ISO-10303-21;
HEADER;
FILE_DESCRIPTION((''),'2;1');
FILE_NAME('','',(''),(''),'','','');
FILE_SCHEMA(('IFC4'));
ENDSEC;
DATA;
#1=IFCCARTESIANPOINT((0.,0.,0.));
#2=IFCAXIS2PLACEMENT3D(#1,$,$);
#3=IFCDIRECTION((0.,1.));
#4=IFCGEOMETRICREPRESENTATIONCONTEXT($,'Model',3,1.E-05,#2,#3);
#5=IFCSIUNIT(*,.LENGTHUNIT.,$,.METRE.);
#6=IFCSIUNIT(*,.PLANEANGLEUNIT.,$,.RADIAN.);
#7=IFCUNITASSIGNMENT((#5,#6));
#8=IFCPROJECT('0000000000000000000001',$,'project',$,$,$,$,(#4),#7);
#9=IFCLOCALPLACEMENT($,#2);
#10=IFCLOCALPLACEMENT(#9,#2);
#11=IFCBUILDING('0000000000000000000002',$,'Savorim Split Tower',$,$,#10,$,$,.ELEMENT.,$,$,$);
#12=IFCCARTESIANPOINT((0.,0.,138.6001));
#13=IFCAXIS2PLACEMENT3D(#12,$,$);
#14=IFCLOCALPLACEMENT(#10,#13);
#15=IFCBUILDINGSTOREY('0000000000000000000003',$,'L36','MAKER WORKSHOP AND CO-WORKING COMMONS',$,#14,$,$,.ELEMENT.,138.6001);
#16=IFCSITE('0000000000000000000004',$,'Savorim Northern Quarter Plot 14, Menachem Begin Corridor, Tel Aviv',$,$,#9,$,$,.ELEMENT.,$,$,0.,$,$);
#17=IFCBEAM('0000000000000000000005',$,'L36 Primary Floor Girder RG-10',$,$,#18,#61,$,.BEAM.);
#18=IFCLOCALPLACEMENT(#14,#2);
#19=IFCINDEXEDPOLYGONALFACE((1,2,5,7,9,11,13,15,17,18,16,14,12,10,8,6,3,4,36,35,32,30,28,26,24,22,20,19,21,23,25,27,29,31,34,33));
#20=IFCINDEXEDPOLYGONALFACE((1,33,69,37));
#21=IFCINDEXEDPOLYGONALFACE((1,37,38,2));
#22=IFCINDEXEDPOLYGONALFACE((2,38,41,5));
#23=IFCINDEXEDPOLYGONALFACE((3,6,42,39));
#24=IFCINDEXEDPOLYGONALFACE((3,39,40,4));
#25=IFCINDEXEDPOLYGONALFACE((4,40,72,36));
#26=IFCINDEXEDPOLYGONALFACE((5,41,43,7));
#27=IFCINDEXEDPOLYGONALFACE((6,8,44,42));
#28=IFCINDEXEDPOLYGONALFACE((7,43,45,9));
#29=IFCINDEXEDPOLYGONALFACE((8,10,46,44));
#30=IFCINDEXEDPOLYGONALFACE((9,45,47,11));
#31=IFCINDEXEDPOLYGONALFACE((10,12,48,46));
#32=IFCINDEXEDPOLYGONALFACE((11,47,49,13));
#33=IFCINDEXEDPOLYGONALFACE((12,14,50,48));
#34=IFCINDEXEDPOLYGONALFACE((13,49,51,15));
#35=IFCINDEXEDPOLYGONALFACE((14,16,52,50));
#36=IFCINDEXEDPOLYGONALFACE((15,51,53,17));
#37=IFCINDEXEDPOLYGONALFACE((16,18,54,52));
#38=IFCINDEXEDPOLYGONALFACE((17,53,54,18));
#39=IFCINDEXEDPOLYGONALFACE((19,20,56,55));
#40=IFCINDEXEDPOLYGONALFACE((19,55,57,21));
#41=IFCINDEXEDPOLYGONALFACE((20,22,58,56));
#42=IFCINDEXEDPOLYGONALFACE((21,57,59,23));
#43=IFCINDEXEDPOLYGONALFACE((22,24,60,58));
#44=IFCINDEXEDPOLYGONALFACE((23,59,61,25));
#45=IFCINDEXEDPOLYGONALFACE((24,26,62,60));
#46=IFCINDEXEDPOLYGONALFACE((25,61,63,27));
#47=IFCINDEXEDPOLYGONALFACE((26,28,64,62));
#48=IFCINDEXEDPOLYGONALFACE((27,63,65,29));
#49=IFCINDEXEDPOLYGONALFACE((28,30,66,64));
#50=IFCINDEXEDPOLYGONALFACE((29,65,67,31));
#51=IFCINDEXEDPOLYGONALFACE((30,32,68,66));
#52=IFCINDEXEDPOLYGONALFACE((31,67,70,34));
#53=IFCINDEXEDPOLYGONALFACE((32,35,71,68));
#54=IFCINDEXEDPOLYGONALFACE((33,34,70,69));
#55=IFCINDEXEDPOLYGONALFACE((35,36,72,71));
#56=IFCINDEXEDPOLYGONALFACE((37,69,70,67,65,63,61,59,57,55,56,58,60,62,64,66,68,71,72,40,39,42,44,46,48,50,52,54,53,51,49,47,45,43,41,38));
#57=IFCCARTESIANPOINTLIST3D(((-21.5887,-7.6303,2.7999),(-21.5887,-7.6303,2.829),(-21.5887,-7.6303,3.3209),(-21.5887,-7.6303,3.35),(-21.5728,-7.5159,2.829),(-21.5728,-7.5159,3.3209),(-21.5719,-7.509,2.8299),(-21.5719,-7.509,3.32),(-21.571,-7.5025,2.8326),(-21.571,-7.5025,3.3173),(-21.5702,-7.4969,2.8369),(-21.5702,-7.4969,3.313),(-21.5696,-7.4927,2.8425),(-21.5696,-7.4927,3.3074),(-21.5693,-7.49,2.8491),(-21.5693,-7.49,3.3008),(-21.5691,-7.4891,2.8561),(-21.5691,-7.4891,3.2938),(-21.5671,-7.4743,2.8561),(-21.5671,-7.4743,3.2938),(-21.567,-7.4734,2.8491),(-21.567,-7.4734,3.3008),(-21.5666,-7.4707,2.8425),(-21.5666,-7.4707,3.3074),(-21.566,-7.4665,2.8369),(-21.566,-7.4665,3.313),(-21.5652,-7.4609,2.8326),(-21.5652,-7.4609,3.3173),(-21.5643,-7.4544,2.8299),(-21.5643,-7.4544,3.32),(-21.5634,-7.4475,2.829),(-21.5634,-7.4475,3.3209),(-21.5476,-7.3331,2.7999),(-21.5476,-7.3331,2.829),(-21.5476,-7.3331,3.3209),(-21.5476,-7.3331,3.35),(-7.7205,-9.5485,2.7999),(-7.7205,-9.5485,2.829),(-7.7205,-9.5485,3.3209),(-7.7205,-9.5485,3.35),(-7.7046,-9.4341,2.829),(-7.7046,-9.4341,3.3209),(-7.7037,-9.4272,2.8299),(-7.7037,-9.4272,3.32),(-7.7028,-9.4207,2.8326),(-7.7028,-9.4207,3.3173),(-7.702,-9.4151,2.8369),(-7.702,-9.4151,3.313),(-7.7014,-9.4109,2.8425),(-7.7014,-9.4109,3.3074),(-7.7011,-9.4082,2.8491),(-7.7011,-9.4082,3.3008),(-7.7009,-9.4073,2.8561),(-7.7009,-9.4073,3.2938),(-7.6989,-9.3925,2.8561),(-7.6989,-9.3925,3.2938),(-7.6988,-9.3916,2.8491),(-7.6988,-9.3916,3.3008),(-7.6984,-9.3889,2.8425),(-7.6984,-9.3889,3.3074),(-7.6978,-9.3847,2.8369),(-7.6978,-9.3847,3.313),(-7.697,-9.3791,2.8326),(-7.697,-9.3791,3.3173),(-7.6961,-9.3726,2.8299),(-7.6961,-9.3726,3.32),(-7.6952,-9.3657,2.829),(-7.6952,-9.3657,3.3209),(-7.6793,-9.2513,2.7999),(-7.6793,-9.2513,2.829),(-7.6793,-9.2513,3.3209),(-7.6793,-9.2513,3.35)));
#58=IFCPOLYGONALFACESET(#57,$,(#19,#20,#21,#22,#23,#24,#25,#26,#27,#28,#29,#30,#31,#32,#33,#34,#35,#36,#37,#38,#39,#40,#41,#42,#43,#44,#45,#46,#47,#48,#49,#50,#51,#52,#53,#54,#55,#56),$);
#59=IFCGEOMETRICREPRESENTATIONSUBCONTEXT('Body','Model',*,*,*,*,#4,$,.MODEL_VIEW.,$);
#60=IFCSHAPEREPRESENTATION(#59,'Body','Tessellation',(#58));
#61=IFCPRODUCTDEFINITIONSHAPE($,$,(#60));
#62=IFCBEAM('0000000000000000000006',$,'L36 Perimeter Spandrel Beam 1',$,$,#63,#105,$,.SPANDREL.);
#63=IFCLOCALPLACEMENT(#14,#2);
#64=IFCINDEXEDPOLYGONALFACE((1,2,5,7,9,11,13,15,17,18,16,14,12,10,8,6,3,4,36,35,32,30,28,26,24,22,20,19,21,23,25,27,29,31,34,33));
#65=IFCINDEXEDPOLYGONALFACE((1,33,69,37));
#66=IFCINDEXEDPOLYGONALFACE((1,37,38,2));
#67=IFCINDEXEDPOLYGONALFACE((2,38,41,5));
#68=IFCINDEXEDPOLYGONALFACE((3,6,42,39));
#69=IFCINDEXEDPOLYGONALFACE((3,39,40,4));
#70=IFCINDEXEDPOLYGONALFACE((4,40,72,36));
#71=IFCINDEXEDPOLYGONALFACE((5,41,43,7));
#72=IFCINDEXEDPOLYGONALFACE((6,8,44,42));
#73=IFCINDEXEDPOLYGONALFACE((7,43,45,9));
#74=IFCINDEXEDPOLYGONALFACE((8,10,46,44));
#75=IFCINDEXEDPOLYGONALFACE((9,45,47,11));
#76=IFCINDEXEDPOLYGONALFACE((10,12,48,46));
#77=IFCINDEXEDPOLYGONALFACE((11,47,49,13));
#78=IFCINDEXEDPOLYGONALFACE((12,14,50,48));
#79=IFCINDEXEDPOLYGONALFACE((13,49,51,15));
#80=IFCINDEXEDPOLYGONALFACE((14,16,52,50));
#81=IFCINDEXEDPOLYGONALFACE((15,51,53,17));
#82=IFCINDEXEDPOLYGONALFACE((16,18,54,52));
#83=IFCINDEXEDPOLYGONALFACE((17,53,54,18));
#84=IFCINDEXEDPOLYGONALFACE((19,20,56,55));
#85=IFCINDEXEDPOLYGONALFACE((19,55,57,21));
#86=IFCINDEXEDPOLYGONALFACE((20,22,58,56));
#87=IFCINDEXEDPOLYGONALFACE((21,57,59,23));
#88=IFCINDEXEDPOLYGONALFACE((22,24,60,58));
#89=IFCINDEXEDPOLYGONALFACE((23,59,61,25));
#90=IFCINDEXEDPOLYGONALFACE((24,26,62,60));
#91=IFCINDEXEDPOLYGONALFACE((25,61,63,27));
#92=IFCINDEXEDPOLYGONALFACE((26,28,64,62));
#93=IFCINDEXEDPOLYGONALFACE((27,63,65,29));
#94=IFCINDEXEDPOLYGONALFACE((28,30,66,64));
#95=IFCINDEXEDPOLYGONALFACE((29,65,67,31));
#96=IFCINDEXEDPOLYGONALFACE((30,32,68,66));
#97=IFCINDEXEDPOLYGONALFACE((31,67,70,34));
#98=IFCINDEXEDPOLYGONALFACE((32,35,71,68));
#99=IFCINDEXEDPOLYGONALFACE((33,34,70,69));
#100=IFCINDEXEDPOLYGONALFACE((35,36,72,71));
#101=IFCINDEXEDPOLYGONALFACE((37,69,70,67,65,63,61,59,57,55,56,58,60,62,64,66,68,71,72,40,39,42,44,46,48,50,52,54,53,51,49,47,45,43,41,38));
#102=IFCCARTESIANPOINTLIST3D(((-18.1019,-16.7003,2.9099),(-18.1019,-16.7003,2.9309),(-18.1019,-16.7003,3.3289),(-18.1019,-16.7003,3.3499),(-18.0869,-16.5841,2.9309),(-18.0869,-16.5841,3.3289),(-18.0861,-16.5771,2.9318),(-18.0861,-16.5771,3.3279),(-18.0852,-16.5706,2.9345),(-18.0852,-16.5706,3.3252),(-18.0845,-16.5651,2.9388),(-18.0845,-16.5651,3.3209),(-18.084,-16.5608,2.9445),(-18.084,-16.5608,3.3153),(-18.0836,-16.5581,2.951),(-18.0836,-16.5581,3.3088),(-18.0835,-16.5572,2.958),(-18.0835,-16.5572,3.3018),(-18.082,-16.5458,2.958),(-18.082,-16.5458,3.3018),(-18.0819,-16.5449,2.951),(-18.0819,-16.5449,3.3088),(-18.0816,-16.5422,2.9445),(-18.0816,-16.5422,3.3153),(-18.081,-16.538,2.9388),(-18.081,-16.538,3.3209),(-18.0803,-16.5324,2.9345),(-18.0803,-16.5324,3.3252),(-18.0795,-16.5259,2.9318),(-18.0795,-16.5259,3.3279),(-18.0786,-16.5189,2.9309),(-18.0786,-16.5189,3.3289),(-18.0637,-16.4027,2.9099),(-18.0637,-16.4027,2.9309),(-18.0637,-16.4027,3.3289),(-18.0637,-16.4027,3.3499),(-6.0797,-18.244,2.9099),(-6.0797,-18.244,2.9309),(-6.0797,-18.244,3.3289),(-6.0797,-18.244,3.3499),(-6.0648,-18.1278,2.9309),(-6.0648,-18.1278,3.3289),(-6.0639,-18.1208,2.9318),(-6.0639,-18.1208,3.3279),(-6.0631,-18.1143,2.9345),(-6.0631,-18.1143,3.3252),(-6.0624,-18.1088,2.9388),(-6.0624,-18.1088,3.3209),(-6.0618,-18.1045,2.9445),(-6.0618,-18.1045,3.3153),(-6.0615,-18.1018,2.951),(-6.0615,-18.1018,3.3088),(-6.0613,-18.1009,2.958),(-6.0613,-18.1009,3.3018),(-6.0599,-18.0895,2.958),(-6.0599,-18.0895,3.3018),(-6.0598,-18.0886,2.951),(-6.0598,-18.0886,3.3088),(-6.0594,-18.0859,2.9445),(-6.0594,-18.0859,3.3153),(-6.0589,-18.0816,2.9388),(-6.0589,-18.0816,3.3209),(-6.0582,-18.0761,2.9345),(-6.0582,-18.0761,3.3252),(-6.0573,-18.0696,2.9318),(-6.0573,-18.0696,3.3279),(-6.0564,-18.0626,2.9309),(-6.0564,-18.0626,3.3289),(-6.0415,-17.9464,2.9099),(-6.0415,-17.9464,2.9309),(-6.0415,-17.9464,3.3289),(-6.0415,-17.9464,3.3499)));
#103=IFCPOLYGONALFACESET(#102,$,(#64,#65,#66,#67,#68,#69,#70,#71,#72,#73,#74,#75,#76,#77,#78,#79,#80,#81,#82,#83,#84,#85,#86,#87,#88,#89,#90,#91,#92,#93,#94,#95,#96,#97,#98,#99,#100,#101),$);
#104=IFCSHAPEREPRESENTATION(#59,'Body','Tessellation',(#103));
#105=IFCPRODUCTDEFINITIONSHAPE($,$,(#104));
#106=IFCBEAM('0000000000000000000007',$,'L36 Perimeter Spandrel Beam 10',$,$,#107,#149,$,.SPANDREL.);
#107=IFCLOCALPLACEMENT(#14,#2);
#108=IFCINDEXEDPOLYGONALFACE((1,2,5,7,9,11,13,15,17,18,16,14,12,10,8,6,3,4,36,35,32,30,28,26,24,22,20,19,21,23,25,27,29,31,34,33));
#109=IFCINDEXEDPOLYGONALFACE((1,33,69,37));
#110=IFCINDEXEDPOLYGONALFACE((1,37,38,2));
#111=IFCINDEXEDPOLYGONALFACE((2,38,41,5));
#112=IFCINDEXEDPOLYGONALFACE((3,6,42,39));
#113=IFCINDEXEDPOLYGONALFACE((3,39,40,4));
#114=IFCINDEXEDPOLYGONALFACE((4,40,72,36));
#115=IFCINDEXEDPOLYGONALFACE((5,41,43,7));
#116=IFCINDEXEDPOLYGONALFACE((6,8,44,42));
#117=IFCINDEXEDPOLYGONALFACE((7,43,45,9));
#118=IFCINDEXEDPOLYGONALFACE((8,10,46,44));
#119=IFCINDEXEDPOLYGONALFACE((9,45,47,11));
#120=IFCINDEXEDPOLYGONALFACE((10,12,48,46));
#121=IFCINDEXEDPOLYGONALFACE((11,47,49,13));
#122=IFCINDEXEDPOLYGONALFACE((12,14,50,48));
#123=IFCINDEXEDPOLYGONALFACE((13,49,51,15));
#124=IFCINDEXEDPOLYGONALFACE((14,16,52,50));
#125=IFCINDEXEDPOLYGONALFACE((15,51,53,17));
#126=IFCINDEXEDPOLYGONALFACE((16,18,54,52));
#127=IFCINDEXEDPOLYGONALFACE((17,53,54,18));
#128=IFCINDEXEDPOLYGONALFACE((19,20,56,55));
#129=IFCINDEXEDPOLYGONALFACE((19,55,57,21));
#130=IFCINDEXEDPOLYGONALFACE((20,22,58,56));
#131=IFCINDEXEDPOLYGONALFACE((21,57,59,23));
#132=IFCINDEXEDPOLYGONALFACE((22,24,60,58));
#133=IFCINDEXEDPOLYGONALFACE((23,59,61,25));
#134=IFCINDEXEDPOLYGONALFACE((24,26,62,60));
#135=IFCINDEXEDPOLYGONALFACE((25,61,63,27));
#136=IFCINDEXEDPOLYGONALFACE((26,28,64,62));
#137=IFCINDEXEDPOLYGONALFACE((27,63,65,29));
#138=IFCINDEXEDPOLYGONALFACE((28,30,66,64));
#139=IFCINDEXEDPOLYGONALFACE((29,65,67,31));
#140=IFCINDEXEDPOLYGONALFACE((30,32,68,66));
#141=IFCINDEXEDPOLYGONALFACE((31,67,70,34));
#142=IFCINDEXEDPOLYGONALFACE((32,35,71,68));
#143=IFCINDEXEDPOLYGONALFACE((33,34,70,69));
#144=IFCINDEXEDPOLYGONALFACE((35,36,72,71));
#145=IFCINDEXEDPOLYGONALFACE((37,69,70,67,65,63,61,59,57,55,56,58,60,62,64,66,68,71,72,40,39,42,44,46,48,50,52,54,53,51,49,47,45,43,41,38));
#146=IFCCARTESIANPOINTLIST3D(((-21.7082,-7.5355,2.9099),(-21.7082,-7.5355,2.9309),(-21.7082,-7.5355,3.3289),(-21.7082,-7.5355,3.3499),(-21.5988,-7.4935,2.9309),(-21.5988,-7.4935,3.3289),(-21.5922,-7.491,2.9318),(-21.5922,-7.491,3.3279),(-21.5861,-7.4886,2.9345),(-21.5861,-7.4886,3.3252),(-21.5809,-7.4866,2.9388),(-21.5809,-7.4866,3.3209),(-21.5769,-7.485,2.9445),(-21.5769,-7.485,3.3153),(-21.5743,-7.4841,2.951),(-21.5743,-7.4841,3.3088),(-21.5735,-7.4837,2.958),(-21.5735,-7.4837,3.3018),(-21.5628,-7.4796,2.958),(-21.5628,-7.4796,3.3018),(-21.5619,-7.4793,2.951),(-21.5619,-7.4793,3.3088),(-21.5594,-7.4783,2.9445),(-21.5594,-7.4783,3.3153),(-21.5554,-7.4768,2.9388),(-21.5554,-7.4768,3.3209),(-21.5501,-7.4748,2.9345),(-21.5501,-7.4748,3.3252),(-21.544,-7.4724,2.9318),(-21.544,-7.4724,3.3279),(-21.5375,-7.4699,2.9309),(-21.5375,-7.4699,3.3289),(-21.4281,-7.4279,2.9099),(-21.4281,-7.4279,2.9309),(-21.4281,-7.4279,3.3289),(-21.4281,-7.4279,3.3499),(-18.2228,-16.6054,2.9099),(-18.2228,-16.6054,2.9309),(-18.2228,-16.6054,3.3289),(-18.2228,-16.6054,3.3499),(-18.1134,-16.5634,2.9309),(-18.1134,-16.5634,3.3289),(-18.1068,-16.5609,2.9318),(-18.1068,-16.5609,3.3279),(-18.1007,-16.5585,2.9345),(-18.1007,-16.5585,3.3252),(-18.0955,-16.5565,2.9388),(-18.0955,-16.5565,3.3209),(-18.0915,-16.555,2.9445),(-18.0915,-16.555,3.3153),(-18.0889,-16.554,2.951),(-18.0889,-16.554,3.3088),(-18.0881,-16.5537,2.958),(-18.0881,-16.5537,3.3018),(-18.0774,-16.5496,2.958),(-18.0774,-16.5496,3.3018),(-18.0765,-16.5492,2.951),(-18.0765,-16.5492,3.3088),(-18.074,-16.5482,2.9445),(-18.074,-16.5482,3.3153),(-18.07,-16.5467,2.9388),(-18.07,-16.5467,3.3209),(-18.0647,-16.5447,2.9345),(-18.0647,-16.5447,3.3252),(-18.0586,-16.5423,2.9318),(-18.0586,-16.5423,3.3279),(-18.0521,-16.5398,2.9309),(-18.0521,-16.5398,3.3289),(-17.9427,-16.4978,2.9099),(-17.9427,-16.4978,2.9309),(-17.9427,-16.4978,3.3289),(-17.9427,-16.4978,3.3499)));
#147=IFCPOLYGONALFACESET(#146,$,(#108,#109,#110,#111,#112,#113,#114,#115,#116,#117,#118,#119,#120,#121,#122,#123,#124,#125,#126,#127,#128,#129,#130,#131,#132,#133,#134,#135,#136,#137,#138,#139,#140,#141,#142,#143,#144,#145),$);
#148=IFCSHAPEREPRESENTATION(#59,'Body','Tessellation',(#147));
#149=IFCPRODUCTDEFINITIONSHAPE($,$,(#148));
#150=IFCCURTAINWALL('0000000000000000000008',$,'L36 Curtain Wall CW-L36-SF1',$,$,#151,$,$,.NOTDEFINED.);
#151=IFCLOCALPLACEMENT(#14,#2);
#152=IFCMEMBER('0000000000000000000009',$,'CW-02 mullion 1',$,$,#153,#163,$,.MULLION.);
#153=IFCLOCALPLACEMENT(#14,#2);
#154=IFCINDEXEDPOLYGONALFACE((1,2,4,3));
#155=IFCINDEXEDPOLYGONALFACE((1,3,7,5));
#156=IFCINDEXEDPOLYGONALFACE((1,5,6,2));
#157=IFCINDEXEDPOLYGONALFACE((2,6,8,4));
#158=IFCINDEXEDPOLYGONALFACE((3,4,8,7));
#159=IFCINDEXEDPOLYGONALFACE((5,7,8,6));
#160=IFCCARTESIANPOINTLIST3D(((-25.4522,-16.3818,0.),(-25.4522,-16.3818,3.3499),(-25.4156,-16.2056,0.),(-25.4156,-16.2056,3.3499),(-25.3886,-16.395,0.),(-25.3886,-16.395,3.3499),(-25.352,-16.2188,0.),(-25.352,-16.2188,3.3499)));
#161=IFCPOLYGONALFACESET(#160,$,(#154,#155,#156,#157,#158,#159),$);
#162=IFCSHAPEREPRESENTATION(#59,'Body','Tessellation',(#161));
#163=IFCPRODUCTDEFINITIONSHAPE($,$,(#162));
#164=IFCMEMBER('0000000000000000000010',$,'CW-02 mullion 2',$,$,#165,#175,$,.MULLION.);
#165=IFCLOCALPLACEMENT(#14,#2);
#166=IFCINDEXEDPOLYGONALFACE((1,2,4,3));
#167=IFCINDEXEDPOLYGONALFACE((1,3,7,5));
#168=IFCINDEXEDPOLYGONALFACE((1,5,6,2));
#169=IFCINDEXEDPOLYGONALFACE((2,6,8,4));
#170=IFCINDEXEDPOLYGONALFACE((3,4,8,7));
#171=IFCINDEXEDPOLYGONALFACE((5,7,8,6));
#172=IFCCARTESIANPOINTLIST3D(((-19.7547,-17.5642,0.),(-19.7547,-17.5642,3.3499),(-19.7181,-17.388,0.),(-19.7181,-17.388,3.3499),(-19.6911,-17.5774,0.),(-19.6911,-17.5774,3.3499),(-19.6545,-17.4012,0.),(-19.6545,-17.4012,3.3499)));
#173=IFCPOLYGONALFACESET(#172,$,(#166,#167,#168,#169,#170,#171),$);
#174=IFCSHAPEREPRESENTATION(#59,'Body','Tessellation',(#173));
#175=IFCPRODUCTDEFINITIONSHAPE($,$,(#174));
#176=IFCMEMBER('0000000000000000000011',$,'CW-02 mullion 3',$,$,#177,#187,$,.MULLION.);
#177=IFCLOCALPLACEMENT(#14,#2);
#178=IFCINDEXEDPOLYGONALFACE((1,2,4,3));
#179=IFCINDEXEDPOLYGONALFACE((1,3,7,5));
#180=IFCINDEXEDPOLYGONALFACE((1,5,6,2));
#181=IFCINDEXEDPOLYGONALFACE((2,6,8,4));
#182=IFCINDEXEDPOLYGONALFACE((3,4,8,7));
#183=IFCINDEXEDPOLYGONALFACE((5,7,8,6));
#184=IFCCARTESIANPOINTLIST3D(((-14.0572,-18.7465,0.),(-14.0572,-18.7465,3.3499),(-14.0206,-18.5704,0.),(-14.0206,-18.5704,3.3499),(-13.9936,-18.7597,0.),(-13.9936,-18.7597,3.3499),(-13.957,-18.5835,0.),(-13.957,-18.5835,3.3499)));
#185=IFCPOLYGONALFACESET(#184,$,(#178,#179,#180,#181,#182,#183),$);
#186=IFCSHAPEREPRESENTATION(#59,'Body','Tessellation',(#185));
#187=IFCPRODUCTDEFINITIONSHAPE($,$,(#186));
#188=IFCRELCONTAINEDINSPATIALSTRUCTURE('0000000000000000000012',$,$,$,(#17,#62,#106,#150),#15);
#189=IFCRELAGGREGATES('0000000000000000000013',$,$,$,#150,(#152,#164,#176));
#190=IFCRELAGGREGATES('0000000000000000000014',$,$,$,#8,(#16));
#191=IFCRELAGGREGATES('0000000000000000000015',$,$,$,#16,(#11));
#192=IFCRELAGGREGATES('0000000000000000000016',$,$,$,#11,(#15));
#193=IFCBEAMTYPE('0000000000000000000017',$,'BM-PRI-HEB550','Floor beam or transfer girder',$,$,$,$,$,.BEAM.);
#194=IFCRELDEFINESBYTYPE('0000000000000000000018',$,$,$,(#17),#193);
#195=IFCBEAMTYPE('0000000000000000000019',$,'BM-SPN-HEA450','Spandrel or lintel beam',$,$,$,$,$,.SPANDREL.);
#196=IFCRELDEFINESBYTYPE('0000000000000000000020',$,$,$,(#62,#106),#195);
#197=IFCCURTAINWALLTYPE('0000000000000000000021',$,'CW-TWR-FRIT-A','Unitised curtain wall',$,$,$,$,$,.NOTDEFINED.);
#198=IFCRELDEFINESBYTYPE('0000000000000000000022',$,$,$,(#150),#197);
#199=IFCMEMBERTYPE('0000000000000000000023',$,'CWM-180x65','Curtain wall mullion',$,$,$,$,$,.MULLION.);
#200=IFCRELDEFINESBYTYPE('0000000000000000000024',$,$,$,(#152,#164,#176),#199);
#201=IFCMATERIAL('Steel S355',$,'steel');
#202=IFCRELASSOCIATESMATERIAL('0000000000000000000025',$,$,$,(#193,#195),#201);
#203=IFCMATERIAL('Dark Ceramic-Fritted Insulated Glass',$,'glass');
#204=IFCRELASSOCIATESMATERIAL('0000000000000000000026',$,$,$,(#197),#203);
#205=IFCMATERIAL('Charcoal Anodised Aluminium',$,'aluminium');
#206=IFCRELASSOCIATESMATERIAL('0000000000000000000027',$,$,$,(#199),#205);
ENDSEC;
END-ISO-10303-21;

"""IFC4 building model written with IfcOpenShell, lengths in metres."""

from ifc_helpers import new_model, si_unit, direction, frame, origin, origin_2d, place, context, subcontext, project, spatial, rectangle, i_section, extrude, material, material_profile, profile_set, type_object, element, aggregate, save


model = new_model("IFC4")

# Units and contexts
model_context = context("Model", 3, precision=1e-05, world=origin(), true_north=direction((0.0, 1.0)))
body_context = subcontext(model_context, "Body", "Model", "MODEL_VIEW")
ifc_project = project(units=[si_unit("LENGTHUNIT", "METRE"), si_unit("PLANEANGLEUNIT", "RADIAN")], contexts=[model_context])

# Site, building, storey
site_placement = place(None, origin())
site = spatial("IfcSite", under=ifc_project, at=site_placement, Name="Savorim Northern Quarter Plot 14, Menachem Begin Corridor, Tel Aviv", CompositionType="ELEMENT", RefElevation=0.0)
building_placement = place(site_placement, origin())
building = spatial("IfcBuilding", under=site, at=building_placement, Name="Savorim Split Tower", CompositionType="ELEMENT")
storey_placement = place(building_placement, frame((0.0, 0.0, 138.6001)))
storey = spatial("IfcBuildingStorey", under=building, at=storey_placement, Name="L36", Description="MAKER WORKSHOP AND CO-WORKING COMMONS", CompositionType="ELEMENT", Elevation=138.6001)

# Beams
ifc_material_1 = material(Name="Steel S355", Category="steel")
ifc_material_profile_1 = material_profile(ifc_material_1, i_section(OverallWidth=0.3, OverallDepth=0.55, WebThickness=0.0149, FlangeThickness=0.0291, FilletRadius=0.0271, at=origin_2d()), Name="HEB 550")
ifc_profile_set_1 = profile_set([ifc_material_profile_1], Name="Steel S355")
beam_type_1 = type_object("IfcBeamType", Name="BM-PRI-HEB550", Description="Floor beam or transfer girder", PredefinedType="BEAM", material=ifc_profile_set_1)
beam_1_placement = place(storey_placement, frame((-21.5681, -7.4817, 3.075), z_axis=(0.990569, -0.137013, 0.0), x_axis=(0.137013, 0.990569, 0.0)))
element("IfcBeam", 1, at=beam_1_placement, inside=storey, type_object=beam_type_1, Name="L36 Primary Floor Girder RG-10", PredefinedType="BEAM", context=body_context, shape_type="SweptSolid", body=[
    extrude(i_section(OverallWidth=0.3, OverallDepth=0.55, WebThickness=0.0149, FlangeThickness=0.0291, FilletRadius=0.0271, at=origin_2d()), origin(), (0.0, 0.0, 1.0), 14.0002),
])
ifc_material_profile_2 = material_profile(ifc_material_1, i_section(OverallWidth=0.3, OverallDepth=0.4399, WebThickness=0.0115, FlangeThickness=0.021, FilletRadius=0.0271, at=origin_2d()), Name="HEA 450")
ifc_profile_set_2 = profile_set([ifc_material_profile_2], Name="Steel S355")
beam_type_2 = type_object("IfcBeamType", Name="BM-SPN-HEA450", Description="Spandrel or lintel beam", PredefinedType="SPANDREL", material=ifc_profile_set_2)
beam_2_placement = place(storey_placement, frame((-18.0828, -16.5515, 3.1299), z_axis=(0.991857, -0.127358, 0.0), x_axis=(0.127358, 0.991857, 0.0)))
element("IfcBeam", 2, at=beam_2_placement, inside=storey, type_object=beam_type_2, Name="L36 Perimeter Spandrel Beam 1", PredefinedType="SPANDREL", context=body_context, shape_type="SweptSolid", body=[
    extrude(i_section(OverallWidth=0.3, OverallDepth=0.4399, WebThickness=0.0115, FlangeThickness=0.021, FilletRadius=0.0271, at=origin_2d()), origin(), (0.0, 0.0, 1.0), 12.1208),
])
beam_3_placement = place(storey_placement, frame((-21.5681, -7.4817, 3.1299), z_axis=(0.358706, -0.93345, 0.0), x_axis=(0.93345, 0.358706, 0.0)))
element("IfcBeam", 3, at=beam_3_placement, inside=storey, type_object=beam_type_2, Name="L36 Perimeter Spandrel Beam 10", PredefinedType="SPANDREL", context=body_context, shape_type="SweptSolid", body=[
    extrude(i_section(OverallWidth=0.3, OverallDepth=0.4399, WebThickness=0.0115, FlangeThickness=0.021, FilletRadius=0.0271, at=origin_2d()), origin(), (0.0, 0.0, 1.0), 9.7166),
])

# Curtain wall, members
ifc_material_2 = material(Name="Dark Ceramic-Fritted Insulated Glass", Category="glass")
curtain_wall_type = type_object("IfcCurtainWallType", Name="CW-TWR-FRIT-A", Description="Unitised curtain wall", PredefinedType="NOTDEFINED", material=ifc_material_2)
curtain_wall_1_placement = place(storey_placement, origin())
curtain_wall_1 = element("IfcCurtainWall", 4, at=curtain_wall_1_placement, inside=storey, type_object=curtain_wall_type, Name="L36 Curtain Wall CW-L36-SF1", PredefinedType="NOTDEFINED")
ifc_material_3 = material(Name="Charcoal Anodised Aluminium", Category="aluminium")
ifc_material_profile_3 = material_profile(ifc_material_3, rectangle(XDim=0.1799, YDim=0.0649, at=origin_2d()), Name="ALU-M 180x65")
ifc_profile_set_3 = profile_set([ifc_material_profile_3], Name="Charcoal Anodised Aluminium")
member_type_1 = type_object("IfcMemberType", Name="CWM-180x65", Description="Curtain wall mullion", PredefinedType="MULLION", material=ifc_profile_set_3)
member_1_placement = place(storey_placement, frame((-25.4021, -16.3003, 0.0), z_axis=(0.0, 0.0, 1.0), x_axis=(0.20321, 0.979135, 0.0)))
member_1 = element("IfcMember", 5, at=member_1_placement, type_object=member_type_1, Name="CW-02 mullion 1", PredefinedType="MULLION", context=body_context, shape_type="SweptSolid", body=[
    extrude(rectangle(XDim=0.1799, YDim=0.0649, at=origin_2d()), origin(), (0.0, 0.0, 1.0), 3.3499),
])
member_2_placement = place(storey_placement, frame((-19.7046, -17.4827, 0.0), z_axis=(0.0, 0.0, 1.0), x_axis=(0.20321, 0.979135, 0.0)))
member_2 = element("IfcMember", 6, at=member_2_placement, type_object=member_type_1, Name="CW-02 mullion 2", PredefinedType="MULLION", context=body_context, shape_type="SweptSolid", body=[
    extrude(rectangle(XDim=0.1799, YDim=0.0649, at=origin_2d()), origin(), (0.0, 0.0, 1.0), 3.3499),
])
member_3_placement = place(storey_placement, frame((-14.0071, -18.665, 0.0), z_axis=(0.0, 0.0, 1.0), x_axis=(0.20321, 0.979135, 0.0)))
member_3 = element("IfcMember", 7, at=member_3_placement, type_object=member_type_1, Name="CW-02 mullion 3", PredefinedType="MULLION", context=body_context, shape_type="SweptSolid", body=[
    extrude(rectangle(XDim=0.1799, YDim=0.0649, at=origin_2d()), origin(), (0.0, 0.0, 1.0), 3.3499),
])

aggregate(curtain_wall_1, [member_1, member_2, member_3])

save(model, "model.ifc")
